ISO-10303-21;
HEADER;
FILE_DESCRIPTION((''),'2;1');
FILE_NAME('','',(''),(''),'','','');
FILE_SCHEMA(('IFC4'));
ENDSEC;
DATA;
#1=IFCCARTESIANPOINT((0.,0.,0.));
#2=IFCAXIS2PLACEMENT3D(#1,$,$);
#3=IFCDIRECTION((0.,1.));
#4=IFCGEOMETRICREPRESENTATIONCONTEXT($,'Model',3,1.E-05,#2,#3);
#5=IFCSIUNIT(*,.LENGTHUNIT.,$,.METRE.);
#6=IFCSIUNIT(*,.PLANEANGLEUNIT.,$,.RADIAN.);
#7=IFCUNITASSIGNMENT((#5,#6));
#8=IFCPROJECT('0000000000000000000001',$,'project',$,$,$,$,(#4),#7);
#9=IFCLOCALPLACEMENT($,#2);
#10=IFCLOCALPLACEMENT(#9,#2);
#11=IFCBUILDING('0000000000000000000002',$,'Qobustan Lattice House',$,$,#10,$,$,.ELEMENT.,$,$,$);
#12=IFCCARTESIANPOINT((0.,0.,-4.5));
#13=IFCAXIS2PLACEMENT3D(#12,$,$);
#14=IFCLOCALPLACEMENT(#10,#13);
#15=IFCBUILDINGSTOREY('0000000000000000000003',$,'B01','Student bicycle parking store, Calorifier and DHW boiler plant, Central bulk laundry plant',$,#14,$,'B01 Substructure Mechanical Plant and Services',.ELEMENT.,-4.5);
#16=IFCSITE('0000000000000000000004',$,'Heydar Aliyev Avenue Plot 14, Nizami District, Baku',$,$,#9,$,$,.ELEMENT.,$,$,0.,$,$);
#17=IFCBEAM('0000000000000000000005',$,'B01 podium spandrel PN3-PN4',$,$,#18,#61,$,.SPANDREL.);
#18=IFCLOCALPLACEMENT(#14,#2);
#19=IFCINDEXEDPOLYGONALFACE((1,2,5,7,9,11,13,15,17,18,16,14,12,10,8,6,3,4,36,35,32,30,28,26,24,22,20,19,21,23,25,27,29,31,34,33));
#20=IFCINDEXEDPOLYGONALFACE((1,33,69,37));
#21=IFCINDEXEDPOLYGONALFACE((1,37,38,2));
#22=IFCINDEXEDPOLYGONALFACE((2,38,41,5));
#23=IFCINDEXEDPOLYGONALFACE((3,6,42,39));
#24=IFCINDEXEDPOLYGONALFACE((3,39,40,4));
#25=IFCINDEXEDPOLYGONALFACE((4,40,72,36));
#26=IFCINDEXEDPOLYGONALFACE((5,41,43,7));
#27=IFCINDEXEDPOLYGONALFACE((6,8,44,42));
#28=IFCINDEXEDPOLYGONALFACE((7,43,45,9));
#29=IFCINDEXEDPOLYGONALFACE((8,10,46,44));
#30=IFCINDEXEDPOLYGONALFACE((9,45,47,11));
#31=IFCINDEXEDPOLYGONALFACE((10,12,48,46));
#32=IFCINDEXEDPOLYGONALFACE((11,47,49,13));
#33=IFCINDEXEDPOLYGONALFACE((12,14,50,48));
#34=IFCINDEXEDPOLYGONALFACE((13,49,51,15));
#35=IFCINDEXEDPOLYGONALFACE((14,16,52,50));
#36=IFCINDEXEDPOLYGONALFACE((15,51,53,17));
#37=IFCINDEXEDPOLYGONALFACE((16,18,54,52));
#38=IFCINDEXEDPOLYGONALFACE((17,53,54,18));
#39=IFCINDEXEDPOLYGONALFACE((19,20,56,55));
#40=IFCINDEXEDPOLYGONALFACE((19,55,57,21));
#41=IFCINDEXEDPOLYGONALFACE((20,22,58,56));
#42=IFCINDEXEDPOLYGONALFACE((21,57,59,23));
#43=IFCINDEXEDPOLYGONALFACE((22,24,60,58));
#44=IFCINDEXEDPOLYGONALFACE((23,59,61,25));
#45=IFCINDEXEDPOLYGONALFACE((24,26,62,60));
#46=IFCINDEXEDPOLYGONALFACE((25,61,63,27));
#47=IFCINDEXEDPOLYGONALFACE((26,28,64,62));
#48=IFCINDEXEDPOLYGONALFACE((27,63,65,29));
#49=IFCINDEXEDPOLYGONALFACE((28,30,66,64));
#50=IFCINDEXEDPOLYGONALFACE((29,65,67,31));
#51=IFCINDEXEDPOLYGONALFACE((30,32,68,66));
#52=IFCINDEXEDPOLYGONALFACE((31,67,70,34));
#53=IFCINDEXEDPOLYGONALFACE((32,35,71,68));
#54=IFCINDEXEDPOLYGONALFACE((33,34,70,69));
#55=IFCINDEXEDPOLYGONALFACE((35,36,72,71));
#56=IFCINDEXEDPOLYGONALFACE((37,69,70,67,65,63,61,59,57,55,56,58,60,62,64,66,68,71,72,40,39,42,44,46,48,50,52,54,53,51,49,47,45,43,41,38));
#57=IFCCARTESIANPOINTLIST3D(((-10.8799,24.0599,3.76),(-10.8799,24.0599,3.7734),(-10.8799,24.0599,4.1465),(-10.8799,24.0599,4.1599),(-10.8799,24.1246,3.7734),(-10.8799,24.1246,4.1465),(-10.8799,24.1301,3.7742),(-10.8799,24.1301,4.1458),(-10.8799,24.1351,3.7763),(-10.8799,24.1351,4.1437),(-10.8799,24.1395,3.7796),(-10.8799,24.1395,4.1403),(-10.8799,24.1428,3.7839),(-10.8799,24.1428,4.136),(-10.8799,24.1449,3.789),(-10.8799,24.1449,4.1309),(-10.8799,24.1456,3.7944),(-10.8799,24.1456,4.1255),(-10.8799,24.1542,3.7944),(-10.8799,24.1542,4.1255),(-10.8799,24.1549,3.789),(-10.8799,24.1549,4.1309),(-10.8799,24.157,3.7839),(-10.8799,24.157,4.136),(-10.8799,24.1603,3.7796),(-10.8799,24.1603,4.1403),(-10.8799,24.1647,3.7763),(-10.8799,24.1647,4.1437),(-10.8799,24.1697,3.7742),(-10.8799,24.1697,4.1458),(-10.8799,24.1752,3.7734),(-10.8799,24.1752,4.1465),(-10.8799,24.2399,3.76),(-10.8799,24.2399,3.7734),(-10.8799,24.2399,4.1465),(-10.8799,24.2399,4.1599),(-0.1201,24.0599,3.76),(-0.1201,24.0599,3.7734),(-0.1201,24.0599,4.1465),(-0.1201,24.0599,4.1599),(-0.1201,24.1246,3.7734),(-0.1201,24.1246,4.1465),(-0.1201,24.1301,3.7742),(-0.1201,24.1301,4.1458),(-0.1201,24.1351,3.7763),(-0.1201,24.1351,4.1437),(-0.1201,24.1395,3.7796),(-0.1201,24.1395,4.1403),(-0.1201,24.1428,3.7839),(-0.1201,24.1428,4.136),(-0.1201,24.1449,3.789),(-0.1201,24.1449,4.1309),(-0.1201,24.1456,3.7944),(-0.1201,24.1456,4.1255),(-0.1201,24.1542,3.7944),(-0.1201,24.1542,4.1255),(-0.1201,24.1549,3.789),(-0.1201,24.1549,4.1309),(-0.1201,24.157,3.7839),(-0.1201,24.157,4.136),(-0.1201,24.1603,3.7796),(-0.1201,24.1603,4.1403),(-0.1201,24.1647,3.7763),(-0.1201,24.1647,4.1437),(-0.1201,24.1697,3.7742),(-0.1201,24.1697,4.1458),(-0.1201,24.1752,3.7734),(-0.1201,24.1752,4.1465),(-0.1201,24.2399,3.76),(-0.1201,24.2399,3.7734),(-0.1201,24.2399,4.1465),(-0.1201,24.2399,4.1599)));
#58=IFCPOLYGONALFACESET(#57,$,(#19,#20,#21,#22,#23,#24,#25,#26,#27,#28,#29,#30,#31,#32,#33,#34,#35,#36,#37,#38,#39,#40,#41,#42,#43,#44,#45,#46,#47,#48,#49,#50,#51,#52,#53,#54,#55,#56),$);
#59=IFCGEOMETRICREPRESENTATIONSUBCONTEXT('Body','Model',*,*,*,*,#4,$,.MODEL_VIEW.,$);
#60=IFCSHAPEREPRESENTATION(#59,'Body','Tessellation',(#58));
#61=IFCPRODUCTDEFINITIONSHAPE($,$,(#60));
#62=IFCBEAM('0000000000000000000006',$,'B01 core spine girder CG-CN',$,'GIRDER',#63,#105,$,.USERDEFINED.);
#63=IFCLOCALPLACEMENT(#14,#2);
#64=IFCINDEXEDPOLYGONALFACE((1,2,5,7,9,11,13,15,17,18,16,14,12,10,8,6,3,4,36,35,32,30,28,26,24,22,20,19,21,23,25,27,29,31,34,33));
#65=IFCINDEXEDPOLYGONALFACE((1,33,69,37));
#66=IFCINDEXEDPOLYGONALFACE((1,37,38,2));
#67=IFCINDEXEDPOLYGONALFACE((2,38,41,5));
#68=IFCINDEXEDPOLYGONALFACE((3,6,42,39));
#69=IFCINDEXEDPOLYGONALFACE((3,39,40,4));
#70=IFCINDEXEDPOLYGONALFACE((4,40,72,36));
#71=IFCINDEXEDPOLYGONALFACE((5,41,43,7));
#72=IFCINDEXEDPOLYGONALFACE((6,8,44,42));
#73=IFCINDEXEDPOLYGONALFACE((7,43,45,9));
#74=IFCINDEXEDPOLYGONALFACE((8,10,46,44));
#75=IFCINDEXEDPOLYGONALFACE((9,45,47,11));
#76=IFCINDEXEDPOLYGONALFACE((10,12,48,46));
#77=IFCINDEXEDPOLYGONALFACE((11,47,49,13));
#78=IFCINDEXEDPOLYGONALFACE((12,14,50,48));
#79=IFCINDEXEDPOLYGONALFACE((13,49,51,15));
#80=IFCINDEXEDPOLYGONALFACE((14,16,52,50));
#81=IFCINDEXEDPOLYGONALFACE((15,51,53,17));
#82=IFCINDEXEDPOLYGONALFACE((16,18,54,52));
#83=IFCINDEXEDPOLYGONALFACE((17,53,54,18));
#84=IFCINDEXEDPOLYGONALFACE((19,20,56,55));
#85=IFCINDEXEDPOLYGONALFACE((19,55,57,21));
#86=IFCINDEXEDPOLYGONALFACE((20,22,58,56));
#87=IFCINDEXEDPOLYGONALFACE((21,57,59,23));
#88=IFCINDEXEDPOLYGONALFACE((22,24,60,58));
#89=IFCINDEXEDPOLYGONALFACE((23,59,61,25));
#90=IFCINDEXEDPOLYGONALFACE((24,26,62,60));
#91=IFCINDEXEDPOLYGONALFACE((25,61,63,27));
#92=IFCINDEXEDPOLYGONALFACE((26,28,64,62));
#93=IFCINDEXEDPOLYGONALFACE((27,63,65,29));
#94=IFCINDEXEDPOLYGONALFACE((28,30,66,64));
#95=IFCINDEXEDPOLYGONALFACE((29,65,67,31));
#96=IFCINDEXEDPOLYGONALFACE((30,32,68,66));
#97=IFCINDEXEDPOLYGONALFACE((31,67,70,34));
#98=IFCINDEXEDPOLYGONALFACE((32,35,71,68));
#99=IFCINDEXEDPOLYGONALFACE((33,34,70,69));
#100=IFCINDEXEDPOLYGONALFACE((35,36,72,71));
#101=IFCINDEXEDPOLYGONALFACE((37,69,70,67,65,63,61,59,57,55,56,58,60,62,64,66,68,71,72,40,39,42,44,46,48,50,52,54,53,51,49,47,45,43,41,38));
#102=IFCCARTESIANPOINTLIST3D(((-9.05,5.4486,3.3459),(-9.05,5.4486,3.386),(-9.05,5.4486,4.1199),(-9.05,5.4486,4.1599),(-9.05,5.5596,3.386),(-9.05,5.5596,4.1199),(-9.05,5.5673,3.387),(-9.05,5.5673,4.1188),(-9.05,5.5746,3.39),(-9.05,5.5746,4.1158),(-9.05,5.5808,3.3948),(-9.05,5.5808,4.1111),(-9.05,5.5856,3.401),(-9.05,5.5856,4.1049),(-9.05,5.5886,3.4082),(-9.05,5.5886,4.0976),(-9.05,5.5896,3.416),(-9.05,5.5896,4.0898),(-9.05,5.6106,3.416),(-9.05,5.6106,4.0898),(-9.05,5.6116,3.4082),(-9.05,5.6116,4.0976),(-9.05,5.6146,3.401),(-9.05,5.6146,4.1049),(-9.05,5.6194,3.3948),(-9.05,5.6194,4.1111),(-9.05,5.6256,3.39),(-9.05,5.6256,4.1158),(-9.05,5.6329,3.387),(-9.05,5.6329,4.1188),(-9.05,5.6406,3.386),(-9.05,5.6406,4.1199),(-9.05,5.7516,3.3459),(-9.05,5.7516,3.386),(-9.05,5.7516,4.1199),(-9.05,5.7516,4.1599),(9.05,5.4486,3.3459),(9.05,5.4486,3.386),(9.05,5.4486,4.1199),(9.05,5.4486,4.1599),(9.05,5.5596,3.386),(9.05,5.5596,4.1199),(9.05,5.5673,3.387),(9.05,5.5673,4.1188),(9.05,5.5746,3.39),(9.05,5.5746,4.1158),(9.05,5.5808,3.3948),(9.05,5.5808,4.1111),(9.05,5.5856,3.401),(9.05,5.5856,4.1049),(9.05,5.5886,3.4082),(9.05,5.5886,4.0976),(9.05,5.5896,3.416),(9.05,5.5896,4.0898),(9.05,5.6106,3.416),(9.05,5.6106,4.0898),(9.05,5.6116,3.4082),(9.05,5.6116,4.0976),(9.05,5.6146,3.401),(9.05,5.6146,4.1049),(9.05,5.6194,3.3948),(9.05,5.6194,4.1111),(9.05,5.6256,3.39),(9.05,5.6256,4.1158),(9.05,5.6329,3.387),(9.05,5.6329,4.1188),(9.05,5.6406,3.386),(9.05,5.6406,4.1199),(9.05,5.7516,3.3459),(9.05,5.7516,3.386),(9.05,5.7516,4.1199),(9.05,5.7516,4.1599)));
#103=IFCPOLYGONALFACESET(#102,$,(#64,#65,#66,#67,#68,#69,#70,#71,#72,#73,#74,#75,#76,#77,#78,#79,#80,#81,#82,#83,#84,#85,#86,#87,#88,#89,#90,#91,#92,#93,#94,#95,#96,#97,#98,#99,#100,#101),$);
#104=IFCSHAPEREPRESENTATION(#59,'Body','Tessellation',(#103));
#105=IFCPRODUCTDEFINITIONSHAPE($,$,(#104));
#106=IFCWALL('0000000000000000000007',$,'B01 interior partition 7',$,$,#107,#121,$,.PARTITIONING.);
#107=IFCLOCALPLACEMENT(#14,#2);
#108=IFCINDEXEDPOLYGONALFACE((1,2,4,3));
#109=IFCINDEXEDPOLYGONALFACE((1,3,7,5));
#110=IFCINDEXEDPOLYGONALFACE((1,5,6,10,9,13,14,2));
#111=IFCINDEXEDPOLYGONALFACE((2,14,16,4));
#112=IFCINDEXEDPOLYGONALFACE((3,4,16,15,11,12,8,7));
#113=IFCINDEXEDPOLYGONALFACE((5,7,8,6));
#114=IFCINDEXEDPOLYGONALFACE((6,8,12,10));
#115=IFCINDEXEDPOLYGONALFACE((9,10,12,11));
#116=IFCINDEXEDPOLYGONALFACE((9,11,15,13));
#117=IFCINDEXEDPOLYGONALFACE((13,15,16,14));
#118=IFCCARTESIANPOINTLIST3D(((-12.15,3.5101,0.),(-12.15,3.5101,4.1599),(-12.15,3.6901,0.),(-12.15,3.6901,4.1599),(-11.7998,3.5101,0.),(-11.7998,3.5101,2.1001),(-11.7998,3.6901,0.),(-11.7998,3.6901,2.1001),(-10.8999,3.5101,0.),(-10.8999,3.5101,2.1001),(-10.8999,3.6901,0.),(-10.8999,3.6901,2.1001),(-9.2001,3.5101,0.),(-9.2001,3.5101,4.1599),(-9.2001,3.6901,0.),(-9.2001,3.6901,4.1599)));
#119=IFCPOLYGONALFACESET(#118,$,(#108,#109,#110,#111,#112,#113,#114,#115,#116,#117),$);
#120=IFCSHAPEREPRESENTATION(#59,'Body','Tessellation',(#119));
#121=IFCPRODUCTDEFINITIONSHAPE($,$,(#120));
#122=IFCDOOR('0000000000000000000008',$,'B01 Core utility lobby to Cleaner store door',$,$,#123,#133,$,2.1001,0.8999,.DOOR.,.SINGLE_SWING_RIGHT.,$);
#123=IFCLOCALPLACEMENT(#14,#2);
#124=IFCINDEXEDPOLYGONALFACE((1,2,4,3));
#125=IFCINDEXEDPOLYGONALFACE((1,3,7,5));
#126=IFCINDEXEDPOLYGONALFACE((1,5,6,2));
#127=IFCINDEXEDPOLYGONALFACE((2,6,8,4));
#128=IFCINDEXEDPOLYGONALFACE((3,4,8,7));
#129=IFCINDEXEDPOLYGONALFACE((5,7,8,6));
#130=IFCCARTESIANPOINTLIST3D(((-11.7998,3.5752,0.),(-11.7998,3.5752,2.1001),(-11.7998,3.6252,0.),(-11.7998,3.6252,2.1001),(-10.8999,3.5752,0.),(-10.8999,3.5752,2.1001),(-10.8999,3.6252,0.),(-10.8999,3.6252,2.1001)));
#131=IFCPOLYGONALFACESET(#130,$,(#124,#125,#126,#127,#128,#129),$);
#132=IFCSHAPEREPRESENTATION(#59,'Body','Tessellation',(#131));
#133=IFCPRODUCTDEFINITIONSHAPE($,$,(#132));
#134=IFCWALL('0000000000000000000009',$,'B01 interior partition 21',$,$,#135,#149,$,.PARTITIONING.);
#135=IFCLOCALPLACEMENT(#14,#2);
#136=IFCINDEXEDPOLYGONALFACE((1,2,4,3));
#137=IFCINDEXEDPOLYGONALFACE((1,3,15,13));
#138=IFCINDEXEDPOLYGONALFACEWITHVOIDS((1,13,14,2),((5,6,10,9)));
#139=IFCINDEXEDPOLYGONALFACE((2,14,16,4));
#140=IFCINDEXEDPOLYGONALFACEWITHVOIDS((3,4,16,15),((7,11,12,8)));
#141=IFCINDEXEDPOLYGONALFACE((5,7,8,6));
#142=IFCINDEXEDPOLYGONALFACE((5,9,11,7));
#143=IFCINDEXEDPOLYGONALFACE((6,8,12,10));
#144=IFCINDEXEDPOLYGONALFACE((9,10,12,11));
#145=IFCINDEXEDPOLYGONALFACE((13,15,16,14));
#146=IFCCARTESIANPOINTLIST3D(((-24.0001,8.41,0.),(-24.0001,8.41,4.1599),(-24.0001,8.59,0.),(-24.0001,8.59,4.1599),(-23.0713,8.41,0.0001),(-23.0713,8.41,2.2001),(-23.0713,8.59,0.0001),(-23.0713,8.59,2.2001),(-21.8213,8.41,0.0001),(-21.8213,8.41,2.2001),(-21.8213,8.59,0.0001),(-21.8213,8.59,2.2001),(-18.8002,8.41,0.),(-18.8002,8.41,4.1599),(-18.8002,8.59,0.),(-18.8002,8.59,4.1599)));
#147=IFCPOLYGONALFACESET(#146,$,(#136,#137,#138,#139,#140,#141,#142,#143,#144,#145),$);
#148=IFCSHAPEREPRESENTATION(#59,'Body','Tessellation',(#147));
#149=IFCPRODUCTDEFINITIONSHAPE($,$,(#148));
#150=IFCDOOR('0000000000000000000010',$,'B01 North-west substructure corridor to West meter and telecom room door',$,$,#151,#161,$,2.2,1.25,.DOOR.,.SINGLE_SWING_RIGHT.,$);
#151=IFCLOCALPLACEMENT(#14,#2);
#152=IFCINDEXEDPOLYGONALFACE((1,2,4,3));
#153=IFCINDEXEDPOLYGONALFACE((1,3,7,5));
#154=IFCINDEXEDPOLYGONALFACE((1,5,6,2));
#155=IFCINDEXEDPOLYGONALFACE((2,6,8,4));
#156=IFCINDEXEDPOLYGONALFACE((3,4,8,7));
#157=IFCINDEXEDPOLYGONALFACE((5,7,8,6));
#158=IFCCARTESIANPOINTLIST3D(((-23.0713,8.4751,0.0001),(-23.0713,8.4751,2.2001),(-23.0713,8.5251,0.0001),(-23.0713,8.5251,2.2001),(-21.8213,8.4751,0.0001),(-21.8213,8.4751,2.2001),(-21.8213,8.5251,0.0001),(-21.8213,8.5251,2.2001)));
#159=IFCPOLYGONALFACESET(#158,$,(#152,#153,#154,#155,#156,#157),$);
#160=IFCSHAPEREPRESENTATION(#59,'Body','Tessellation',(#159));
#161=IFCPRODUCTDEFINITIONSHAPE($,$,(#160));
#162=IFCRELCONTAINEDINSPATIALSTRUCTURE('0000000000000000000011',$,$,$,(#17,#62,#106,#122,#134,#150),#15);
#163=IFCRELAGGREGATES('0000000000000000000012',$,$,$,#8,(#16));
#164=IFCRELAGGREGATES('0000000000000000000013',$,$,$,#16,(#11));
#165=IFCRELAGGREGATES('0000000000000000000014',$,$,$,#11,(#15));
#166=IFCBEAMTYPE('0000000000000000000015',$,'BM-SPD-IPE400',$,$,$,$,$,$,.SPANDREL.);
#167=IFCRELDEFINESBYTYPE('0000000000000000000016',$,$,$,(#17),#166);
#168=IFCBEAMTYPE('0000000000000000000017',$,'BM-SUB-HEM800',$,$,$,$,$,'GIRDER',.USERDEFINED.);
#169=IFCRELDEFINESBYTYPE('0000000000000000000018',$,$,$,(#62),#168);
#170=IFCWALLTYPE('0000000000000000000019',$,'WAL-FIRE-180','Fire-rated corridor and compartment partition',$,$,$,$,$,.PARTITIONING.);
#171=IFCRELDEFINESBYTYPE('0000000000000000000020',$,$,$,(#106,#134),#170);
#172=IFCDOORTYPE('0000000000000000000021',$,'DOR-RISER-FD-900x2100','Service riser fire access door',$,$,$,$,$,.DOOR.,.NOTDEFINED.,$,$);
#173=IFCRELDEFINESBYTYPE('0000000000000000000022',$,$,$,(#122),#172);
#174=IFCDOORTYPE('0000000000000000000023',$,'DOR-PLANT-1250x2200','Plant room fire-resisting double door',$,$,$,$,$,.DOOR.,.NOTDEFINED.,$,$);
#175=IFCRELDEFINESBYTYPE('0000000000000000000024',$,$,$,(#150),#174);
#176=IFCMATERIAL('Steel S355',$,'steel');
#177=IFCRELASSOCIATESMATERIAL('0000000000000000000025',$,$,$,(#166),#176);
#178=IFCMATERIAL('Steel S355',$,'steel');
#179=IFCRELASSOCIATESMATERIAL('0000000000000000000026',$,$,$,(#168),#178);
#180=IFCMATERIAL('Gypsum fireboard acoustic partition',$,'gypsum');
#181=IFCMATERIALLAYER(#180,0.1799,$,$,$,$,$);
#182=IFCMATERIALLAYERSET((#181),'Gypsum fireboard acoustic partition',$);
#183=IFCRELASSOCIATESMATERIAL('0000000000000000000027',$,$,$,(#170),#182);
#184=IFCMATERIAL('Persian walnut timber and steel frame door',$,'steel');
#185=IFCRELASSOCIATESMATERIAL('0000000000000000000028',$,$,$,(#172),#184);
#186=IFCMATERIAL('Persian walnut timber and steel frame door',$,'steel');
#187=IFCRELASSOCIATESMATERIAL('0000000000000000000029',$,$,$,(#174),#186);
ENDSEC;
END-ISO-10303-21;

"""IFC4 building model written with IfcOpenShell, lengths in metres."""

from ifc_helpers import new_model, si_unit, direction, frame, frame_2d, origin, origin_2d, place, context, subcontext, project, spatial, rectangle, i_section, extrude, material, layer, layer_set, material_profile, profile_set, type_object, element, fill, save


model = new_model("IFC4")

# Units and contexts
model_context = context("Model", 3, precision=1e-05, world=origin(), true_north=direction((0.0, 1.0)))
body_context = subcontext(model_context, "Body", "Model", "MODEL_VIEW")
ifc_project = project(units=[si_unit("LENGTHUNIT", "METRE"), si_unit("PLANEANGLEUNIT", "RADIAN")], contexts=[model_context])

# Site, building, storey
site_placement = place(None, origin())
site = spatial("IfcSite", under=ifc_project, at=site_placement, Name="Heydar Aliyev Avenue Plot 14, Nizami District, Baku", CompositionType="ELEMENT", RefElevation=0.0)
building_placement = place(site_placement, origin())
building = spatial("IfcBuilding", under=site, at=building_placement, Name="Qobustan Lattice House", CompositionType="ELEMENT")
storey_placement = place(building_placement, frame((0.0, 0.0, -4.5)))
storey = spatial("IfcBuildingStorey", under=building, at=storey_placement, Name="B01", Description="Student bicycle parking store, Calorifier and DHW boiler plant, Central bulk laundry plant", LongName="B01 Substructure Mechanical Plant and Services", CompositionType="ELEMENT", Elevation=-4.5)

# Beams
ifc_material_1 = material(Name="Steel S355", Category="steel")
ifc_material_profile_1 = material_profile(ifc_material_1, i_section(OverallWidth=0.1799, OverallDepth=0.3999, WebThickness=0.0085, FlangeThickness=0.0134, FilletRadius=0.021, at=origin_2d()), Name="IPE400")
ifc_profile_set_1 = profile_set([ifc_material_profile_1], Name="Steel S355")
beam_type_1 = type_object("IfcBeamType", Name="BM-SPD-IPE400", PredefinedType="SPANDREL", material=ifc_profile_set_1)
beam_1_placement = place(storey_placement, frame((-10.8799, 24.1499, 3.96), z_axis=(1.0, 0.0, 0.0), x_axis=(0.0, 1.0, 0.0)))
element("IfcBeam", 1, at=beam_1_placement, inside=storey, type_object=beam_type_1, Name="B01 podium spandrel PN3-PN4", PredefinedType="SPANDREL", context=body_context, shape_type="SweptSolid", body=[
    extrude(i_section(OverallWidth=0.1799, OverallDepth=0.3999, WebThickness=0.0085, FlangeThickness=0.0134, FilletRadius=0.021, at=origin_2d()), origin(), (0.0, 0.0, 1.0), 10.7598),
])
ifc_material_2 = material(Name="Steel S355", Category="steel")
ifc_material_profile_2 = material_profile(ifc_material_2, i_section(OverallWidth=0.303, OverallDepth=0.814, WebThickness=0.021, FlangeThickness=0.04, FilletRadius=0.03, at=origin_2d()), Name="HEM800")
ifc_profile_set_2 = profile_set([ifc_material_profile_2], Name="Steel S355")
beam_type_2 = type_object("IfcBeamType", Name="BM-SUB-HEM800", ElementType="GIRDER", PredefinedType="USERDEFINED", material=ifc_profile_set_2)
beam_2_placement = place(storey_placement, frame((-9.05, 5.6001, 3.7529), z_axis=(1.0, 0.0, 0.0), x_axis=(0.0, 1.0, 0.0)))
element("IfcBeam", 2, at=beam_2_placement, inside=storey, type_object=beam_type_2, Name="B01 core spine girder CG-CN", ObjectType="GIRDER", PredefinedType="USERDEFINED", context=body_context, shape_type="SweptSolid", body=[
    extrude(i_section(OverallWidth=0.303, OverallDepth=0.814, WebThickness=0.021, FlangeThickness=0.04, FilletRadius=0.03, at=origin_2d()), origin(), (0.0, 0.0, 1.0), 18.1001),
])

# Walls, openings, doors
ifc_material_3 = material(Name="Gypsum fireboard acoustic partition", Category="gypsum")
ifc_layer_1 = layer(ifc_material_3, 0.1799)
ifc_layer_set_1 = layer_set([ifc_layer_1], Name="Gypsum fireboard acoustic partition")
wall_type_1 = type_object("IfcWallType", Name="WAL-FIRE-180", Description="Fire-rated corridor and compartment partition", PredefinedType="PARTITIONING", material=ifc_layer_set_1)
wall_1_placement = place(storey_placement, frame((-9.2, 3.6001, 0.0), z_axis=(0.0, 0.0, 1.0), x_axis=(-1.0, 0.0, 0.0)))
wall_1 = element("IfcWall", 3, at=wall_1_placement, inside=storey, type_object=wall_type_1, Name="B01 interior partition 7", PredefinedType="PARTITIONING", context=body_context, shape_type="SweptSolid", body=[
    extrude(rectangle(XDim=2.95, YDim=0.1799, at=frame_2d((1.4751, 0.0))), origin(), (0.0, 0.0, 1.0), 4.1599),
])
opening_1_placement = place(wall_1_placement, frame((1.7, 0.0, 0.0)))
opening_1 = element("IfcOpeningElement", 4, at=opening_1_placement, cuts=wall_1, PredefinedType="OPENING", context=body_context, shape_type="SweptSolid", body=[
    extrude(rectangle(XDim=0.8999, YDim=2.1001, at=frame_2d((0.45, 1.05))), frame((0.0, 0.0999, 0.0), z_axis=(0.0, -1.0, 0.0), x_axis=(1.0, 0.0, 0.0)), (0.0, 0.0, 1.0), 0.2),
])
ifc_material_4 = material(Name="Persian walnut timber and steel frame door", Category="steel")
door_type_1 = type_object("IfcDoorType", Name="DOR-RISER-FD-900x2100", Description="Service riser fire access door", OperationType="NOTDEFINED", PredefinedType="DOOR", material=ifc_material_4)
door_1_placement = place(opening_1_placement, origin())
door_1 = element("IfcDoor", 5, at=door_1_placement, inside=storey, type_object=door_type_1, Name="B01 Core utility lobby to Cleaner store door", OperationType="SINGLE_SWING_RIGHT", OverallHeight=2.1001, OverallWidth=0.8999, PredefinedType="DOOR", context=body_context, shape_type="SweptSolid", body=[
    extrude(rectangle(XDim=0.8999, YDim=2.1001, at=frame_2d((0.45, 1.05))), frame((0.0, 0.0249, 0.0), z_axis=(0.0, -1.0, 0.0), x_axis=(1.0, 0.0, 0.0)), (0.0, 0.0, 1.0), 0.05),
])
fill(opening_1, door_1)
wall_2_placement = place(storey_placement, frame((-18.8, 8.5, 0.0), z_axis=(0.0, 0.0, 1.0), x_axis=(-1.0, 0.0, 0.0)))
wall_2 = element("IfcWall", 6, at=wall_2_placement, inside=storey, type_object=wall_type_1, Name="B01 interior partition 21", PredefinedType="PARTITIONING", context=body_context, shape_type="SweptSolid", body=[
    extrude(rectangle(XDim=5.2, YDim=0.1799, at=frame_2d((2.6001, 0.0))), origin(), (0.0, 0.0, 1.0), 4.1599),
])
opening_2_placement = place(wall_2_placement, frame((3.0212, 0.0, 0.0)))
opening_2 = element("IfcOpeningElement", 7, at=opening_2_placement, cuts=wall_2, PredefinedType="OPENING", context=body_context, shape_type="SweptSolid", body=[
    extrude(rectangle(XDim=1.25, YDim=2.2, at=frame_2d((0.625, 1.1001))), frame((0.0, 0.0999, 0.0), z_axis=(0.0, -1.0, 0.0), x_axis=(1.0, 0.0, 0.0)), (0.0, 0.0, 1.0), 0.2),
])
ifc_material_5 = material(Name="Persian walnut timber and steel frame door", Category="steel")
door_type_2 = type_object("IfcDoorType", Name="DOR-PLANT-1250x2200", Description="Plant room fire-resisting double door", OperationType="NOTDEFINED", PredefinedType="DOOR", material=ifc_material_5)
door_2_placement = place(opening_2_placement, origin())
door_2 = element("IfcDoor", 8, at=door_2_placement, inside=storey, type_object=door_type_2, Name="B01 North-west substructure corridor to West meter and telecom room door", OperationType="SINGLE_SWING_RIGHT", OverallHeight=2.2, OverallWidth=1.25, PredefinedType="DOOR", context=body_context, shape_type="SweptSolid", body=[
    extrude(rectangle(XDim=1.25, YDim=2.2, at=frame_2d((0.625, 1.1001))), frame((0.0, 0.0249, 0.0), z_axis=(0.0, -1.0, 0.0), x_axis=(1.0, 0.0, 0.0)), (0.0, 0.0, 1.0), 0.05),
])
fill(opening_2, door_2)

save(model, "model.ifc")
